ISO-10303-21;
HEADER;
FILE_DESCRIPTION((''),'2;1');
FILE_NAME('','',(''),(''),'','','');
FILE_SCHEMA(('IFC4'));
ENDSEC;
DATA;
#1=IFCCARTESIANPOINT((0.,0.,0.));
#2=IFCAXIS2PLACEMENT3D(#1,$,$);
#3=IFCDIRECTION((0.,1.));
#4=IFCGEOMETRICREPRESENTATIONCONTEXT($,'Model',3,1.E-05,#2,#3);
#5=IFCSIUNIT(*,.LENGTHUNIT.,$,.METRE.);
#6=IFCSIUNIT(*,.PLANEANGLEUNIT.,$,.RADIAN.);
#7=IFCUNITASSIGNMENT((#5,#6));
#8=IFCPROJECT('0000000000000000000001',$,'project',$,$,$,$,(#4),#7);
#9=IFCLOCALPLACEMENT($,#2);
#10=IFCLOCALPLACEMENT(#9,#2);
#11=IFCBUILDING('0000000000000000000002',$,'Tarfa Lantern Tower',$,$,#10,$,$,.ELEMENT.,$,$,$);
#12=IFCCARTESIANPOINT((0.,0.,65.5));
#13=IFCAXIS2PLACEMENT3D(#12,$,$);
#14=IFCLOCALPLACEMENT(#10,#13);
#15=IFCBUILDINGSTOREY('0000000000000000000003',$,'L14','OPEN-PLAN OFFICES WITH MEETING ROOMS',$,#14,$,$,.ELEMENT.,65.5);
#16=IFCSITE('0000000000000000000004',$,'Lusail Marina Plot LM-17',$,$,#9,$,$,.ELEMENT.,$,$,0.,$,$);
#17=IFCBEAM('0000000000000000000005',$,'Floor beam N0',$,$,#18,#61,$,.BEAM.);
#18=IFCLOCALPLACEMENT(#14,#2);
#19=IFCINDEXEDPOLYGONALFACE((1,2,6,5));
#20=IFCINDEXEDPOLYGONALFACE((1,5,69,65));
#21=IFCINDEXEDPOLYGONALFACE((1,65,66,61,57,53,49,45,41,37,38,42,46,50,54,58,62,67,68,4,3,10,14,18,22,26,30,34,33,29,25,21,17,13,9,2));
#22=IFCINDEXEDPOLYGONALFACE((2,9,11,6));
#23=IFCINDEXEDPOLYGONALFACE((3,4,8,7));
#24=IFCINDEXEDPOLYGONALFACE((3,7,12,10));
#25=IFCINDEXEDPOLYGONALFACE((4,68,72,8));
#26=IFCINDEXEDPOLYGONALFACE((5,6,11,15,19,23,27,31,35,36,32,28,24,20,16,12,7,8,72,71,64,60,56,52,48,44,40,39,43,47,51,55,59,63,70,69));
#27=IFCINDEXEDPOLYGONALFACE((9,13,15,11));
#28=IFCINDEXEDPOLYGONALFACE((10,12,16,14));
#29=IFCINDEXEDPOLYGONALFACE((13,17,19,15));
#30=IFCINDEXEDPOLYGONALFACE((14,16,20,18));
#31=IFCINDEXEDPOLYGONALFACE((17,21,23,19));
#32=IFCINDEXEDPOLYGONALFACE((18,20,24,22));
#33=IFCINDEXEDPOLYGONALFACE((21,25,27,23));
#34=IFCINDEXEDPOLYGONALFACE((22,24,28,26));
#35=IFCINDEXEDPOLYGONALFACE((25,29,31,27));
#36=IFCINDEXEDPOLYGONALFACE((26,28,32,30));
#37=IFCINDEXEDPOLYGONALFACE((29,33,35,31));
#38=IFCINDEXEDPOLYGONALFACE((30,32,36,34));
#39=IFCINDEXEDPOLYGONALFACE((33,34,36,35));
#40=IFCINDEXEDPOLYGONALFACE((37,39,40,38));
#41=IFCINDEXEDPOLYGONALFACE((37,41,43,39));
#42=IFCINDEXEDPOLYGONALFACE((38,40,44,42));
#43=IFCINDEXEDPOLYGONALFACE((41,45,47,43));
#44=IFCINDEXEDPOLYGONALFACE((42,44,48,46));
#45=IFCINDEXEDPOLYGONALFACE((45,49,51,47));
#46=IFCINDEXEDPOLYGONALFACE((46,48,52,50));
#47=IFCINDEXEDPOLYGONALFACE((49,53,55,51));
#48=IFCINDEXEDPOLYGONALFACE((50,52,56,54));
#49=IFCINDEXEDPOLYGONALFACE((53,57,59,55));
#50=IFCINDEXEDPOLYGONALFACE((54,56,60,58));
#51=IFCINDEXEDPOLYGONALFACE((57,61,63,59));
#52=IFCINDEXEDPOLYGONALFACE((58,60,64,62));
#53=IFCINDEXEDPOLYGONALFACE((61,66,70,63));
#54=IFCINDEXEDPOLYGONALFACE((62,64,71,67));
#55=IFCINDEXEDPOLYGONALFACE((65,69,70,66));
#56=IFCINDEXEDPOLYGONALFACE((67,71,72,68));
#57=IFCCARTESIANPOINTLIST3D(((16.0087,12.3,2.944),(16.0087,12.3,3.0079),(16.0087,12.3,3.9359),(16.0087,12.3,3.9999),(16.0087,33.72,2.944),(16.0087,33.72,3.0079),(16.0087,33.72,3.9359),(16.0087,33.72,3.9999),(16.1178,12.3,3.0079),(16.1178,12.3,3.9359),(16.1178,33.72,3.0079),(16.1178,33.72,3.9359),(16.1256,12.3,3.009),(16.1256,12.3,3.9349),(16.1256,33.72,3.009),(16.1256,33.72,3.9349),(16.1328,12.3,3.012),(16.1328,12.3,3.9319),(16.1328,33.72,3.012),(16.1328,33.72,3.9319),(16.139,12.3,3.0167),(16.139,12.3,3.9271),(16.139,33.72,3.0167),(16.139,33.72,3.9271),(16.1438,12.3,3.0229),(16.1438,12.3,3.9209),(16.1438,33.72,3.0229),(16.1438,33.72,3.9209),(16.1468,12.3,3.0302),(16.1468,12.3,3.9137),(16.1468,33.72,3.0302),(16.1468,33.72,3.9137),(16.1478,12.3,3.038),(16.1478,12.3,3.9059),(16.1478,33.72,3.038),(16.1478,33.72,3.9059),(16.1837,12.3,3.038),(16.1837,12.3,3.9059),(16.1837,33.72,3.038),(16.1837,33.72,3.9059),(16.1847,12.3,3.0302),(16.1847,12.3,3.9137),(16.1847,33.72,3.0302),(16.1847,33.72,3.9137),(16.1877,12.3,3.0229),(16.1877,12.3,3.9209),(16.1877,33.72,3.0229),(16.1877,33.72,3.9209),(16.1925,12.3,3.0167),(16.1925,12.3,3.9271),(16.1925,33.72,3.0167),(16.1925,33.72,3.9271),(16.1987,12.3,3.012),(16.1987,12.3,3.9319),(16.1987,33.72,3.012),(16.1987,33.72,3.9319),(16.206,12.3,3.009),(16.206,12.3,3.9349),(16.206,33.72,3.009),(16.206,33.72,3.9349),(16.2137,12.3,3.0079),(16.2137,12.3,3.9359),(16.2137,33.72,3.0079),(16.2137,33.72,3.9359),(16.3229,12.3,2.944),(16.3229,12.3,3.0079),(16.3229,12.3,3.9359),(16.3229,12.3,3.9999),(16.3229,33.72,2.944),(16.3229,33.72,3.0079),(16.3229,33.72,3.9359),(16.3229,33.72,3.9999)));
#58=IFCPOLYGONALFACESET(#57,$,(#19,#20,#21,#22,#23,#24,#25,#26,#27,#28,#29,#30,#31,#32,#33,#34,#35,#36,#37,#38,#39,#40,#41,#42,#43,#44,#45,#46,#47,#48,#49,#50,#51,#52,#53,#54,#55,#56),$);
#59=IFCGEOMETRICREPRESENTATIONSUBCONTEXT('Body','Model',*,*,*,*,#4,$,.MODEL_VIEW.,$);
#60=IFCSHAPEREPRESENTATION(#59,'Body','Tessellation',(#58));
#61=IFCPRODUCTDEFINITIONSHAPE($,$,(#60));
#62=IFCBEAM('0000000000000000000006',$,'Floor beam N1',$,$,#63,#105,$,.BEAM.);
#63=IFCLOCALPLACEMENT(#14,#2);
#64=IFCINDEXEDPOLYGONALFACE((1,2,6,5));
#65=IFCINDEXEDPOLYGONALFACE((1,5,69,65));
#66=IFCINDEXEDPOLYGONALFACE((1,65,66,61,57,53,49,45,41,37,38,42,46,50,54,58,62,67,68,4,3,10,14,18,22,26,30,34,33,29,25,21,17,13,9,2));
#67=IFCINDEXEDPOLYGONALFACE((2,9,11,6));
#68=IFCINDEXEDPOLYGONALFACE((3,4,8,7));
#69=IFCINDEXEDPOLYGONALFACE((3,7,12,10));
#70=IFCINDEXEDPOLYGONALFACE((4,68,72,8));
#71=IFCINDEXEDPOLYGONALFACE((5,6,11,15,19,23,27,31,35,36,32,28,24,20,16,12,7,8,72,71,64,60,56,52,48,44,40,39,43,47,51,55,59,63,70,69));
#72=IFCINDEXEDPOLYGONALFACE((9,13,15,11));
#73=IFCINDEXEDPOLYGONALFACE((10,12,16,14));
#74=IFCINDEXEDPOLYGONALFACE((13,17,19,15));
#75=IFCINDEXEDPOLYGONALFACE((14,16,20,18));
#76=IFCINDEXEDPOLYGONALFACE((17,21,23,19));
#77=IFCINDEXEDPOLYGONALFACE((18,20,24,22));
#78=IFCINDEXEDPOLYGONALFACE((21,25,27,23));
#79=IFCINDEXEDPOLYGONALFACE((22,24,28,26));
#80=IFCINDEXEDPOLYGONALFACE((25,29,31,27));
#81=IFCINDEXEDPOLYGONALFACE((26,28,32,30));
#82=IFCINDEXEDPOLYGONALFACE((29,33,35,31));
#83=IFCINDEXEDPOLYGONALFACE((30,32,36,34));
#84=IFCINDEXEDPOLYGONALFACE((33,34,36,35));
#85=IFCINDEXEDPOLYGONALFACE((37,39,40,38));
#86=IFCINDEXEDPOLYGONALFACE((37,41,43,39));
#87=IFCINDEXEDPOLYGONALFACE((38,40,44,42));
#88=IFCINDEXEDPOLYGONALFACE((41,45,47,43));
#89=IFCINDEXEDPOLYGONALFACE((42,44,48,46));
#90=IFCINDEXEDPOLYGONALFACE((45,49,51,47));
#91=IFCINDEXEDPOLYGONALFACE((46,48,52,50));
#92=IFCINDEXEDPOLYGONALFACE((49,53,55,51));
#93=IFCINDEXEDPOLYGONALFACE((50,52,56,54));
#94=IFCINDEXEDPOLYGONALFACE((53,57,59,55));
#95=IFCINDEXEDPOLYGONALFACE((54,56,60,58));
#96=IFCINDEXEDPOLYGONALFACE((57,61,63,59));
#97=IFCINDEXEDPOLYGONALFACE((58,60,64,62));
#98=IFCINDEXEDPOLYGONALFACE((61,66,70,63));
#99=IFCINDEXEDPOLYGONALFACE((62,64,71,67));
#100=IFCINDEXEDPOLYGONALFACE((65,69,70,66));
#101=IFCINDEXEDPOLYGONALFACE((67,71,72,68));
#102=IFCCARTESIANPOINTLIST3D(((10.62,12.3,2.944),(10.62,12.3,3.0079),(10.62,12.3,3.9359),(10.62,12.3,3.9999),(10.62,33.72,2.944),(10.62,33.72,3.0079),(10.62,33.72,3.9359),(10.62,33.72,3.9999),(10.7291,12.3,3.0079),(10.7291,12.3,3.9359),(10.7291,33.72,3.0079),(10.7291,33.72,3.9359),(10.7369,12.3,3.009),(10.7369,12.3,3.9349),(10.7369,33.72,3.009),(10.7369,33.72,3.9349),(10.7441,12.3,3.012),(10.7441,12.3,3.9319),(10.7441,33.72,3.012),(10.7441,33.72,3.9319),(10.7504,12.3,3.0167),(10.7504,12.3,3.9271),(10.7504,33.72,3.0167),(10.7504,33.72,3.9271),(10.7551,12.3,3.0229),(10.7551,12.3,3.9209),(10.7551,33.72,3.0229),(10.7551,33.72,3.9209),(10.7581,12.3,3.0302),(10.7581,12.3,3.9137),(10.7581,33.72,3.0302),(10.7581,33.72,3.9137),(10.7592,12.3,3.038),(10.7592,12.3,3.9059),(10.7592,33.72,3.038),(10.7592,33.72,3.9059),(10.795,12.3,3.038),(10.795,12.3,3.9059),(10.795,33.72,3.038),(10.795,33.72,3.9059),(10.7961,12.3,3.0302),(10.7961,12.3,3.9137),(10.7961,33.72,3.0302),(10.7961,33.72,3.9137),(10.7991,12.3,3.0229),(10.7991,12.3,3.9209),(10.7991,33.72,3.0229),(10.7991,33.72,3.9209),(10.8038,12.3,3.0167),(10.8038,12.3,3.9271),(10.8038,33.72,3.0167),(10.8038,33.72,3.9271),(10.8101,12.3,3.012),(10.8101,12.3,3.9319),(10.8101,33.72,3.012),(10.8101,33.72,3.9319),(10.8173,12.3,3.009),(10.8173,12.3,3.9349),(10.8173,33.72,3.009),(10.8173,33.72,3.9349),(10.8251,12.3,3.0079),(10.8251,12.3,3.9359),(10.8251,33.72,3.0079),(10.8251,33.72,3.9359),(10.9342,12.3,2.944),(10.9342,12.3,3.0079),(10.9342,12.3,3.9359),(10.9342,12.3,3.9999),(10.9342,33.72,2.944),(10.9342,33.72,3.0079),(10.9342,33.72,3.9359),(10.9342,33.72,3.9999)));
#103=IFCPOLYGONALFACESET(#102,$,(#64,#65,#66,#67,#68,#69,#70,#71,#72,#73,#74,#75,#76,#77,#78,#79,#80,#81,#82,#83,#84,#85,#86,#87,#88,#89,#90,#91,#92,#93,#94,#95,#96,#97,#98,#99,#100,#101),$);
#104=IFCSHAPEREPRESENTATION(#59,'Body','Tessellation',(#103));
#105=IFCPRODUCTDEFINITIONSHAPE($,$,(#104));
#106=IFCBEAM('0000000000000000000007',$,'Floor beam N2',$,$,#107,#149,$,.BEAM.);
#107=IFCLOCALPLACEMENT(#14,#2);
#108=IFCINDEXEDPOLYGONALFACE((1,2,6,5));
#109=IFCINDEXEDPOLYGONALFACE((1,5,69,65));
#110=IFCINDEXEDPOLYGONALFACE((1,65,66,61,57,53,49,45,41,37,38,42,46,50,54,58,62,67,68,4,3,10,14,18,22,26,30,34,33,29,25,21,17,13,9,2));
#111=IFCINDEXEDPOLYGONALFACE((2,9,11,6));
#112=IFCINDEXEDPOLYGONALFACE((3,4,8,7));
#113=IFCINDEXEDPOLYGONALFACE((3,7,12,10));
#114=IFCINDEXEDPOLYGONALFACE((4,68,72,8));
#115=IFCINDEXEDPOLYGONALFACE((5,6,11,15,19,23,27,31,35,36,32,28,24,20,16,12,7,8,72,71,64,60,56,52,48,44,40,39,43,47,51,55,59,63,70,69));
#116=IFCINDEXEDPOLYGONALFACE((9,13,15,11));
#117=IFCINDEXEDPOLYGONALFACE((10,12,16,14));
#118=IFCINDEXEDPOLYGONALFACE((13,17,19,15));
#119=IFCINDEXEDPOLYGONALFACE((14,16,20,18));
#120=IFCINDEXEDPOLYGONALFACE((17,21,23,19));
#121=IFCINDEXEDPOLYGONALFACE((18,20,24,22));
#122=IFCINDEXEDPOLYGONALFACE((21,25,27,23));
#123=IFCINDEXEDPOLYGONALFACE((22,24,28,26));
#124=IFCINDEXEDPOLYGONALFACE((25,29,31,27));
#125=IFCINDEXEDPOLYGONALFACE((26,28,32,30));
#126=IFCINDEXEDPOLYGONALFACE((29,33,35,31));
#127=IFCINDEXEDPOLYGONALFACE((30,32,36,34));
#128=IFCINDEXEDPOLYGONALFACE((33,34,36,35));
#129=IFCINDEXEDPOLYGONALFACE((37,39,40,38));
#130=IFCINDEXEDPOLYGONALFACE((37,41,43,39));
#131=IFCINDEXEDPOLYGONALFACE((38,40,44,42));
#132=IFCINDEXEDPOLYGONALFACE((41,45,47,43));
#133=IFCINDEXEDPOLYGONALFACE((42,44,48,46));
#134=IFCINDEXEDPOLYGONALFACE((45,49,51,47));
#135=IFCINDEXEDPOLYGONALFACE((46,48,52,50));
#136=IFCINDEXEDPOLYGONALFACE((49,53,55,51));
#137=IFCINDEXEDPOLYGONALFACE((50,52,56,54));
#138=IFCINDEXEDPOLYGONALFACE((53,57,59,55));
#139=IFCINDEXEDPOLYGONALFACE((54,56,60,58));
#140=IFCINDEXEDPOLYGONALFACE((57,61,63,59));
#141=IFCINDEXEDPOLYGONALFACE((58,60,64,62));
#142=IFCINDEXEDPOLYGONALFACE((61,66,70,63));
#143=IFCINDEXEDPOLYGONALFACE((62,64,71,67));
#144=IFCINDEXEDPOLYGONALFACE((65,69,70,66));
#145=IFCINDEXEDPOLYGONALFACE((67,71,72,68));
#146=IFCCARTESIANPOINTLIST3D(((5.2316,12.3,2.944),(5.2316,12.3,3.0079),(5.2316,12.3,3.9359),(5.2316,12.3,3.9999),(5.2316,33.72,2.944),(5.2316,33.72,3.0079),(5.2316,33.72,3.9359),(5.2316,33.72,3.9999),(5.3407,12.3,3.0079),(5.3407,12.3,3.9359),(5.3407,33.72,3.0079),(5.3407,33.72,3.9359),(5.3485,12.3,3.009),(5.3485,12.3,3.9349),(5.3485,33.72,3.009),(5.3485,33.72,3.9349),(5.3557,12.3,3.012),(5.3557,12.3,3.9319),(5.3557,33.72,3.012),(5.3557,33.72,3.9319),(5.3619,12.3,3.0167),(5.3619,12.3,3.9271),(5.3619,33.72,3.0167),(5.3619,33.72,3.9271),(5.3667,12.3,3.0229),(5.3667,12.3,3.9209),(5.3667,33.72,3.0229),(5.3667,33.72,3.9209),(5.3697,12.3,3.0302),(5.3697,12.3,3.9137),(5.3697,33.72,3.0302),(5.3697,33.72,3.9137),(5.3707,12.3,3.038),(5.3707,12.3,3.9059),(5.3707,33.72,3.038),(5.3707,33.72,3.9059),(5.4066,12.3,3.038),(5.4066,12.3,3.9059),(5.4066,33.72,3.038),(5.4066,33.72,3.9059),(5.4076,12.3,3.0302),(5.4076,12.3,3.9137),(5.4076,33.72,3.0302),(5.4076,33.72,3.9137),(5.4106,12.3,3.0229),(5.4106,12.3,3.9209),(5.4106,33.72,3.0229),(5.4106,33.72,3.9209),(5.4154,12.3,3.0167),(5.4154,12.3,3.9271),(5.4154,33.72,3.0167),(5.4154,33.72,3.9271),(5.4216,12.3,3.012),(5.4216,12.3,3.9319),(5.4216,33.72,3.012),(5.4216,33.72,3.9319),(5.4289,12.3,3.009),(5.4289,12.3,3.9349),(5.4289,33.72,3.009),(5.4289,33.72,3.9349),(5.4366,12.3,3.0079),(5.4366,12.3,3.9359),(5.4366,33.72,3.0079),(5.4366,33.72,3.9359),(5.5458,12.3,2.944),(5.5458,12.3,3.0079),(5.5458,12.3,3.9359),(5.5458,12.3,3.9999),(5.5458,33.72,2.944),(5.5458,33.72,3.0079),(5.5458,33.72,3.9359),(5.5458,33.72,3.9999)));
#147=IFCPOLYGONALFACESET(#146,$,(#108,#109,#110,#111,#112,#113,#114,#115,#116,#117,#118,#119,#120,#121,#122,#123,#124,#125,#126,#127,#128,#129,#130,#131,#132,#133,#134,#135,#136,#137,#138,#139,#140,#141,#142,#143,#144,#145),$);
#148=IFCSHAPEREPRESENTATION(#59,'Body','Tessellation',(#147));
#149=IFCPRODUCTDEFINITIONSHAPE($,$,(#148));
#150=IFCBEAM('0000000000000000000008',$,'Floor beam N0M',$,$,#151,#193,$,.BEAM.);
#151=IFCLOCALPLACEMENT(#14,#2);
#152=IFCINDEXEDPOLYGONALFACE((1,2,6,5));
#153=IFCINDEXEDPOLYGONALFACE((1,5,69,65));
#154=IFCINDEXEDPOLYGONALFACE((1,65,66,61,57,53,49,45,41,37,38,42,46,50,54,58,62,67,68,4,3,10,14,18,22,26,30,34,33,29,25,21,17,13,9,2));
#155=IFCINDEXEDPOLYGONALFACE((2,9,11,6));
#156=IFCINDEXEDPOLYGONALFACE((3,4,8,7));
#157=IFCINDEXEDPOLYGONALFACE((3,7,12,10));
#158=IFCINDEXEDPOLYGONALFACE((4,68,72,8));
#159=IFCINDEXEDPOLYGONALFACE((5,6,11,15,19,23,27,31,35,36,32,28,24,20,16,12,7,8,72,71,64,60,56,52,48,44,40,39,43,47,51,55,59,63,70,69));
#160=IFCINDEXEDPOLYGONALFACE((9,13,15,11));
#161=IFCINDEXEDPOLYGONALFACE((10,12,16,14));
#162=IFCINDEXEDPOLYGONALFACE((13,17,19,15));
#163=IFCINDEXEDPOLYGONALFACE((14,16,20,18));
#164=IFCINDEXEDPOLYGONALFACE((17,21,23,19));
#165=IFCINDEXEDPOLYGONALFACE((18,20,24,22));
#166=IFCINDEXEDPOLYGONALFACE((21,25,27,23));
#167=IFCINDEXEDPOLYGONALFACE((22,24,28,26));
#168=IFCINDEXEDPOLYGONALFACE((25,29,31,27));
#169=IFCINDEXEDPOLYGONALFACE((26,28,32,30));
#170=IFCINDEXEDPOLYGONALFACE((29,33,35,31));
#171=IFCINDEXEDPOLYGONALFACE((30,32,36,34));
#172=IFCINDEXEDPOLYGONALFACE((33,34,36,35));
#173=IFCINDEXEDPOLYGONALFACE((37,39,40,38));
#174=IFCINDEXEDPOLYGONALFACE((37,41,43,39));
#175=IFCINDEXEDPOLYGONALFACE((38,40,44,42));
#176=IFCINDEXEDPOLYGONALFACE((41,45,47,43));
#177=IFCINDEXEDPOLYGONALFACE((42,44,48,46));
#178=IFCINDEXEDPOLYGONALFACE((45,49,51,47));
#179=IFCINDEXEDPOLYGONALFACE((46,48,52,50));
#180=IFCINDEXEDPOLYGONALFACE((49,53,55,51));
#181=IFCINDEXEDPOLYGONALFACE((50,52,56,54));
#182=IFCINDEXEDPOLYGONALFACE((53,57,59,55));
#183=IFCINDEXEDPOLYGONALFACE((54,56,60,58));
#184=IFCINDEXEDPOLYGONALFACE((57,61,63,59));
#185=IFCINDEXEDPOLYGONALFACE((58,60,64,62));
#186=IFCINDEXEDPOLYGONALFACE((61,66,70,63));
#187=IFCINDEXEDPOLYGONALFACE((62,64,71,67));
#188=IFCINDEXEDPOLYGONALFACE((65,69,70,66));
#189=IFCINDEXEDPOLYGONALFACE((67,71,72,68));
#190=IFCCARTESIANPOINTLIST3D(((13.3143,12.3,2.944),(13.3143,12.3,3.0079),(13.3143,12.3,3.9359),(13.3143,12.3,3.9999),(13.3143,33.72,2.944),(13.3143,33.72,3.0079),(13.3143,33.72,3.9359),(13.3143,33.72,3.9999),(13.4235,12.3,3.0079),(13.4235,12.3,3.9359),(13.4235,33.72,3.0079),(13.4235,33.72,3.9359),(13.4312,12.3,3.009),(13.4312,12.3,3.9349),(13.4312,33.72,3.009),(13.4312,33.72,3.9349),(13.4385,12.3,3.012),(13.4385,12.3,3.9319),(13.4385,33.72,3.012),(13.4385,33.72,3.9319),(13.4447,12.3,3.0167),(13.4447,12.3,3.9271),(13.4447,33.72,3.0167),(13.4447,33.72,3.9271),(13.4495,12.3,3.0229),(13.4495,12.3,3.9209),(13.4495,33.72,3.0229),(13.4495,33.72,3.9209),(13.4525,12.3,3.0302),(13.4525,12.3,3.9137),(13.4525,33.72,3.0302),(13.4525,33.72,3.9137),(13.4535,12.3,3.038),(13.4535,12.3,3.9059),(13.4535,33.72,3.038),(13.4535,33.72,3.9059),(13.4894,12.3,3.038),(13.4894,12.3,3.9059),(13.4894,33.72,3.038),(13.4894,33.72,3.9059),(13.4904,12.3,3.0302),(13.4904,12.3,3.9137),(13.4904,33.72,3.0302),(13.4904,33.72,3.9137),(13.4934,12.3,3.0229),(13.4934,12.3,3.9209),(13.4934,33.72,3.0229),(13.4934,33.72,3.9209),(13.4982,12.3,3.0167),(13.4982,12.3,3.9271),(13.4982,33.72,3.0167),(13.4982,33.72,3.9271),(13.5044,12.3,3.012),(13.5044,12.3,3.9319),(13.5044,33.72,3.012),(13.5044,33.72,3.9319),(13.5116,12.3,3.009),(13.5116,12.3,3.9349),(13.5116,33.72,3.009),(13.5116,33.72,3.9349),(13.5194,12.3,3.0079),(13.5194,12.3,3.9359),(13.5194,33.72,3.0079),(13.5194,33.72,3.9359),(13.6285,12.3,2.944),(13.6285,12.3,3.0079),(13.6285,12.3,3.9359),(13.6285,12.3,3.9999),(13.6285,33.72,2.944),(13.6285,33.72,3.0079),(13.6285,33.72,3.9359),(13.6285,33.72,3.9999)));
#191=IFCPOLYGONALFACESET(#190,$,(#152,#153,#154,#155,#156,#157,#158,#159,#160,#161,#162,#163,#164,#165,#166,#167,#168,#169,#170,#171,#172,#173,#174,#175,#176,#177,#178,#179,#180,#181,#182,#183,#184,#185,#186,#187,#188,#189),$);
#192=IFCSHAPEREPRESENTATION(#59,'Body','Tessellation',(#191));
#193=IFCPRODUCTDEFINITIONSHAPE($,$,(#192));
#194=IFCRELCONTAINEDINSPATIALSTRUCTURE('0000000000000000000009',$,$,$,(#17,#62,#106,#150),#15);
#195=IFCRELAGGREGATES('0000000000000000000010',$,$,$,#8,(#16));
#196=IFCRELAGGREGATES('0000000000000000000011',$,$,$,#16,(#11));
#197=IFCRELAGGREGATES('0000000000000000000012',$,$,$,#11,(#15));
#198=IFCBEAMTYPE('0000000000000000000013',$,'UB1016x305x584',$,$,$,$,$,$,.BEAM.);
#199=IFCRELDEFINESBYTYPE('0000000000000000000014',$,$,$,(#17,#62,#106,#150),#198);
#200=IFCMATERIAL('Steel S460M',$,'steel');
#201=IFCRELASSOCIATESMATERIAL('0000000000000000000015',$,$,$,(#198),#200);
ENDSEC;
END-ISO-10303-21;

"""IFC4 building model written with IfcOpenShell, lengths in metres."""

from ifc_helpers import new_model, si_unit, direction, frame, origin, origin_2d, place, context, subcontext, project, spatial, i_section, extrude, material, material_profile, profile_set, type_object, element, save


model = new_model("IFC4")

# Units and contexts
model_context = context("Model", 3, precision=1e-05, world=origin(), true_north=direction((0.0, 1.0)))
body_context = subcontext(model_context, "Body", "Model", "MODEL_VIEW")
ifc_project = project(units=[si_unit("LENGTHUNIT", "METRE"), si_unit("PLANEANGLEUNIT", "RADIAN")], contexts=[model_context])

# Site, building, storey
site_placement = place(None, origin())
site = spatial("IfcSite", under=ifc_project, at=site_placement, Name="Lusail Marina Plot LM-17", CompositionType="ELEMENT", RefElevation=0.0)
building_placement = place(site_placement, origin())
building = spatial("IfcBuilding", under=site, at=building_placement, Name="Tarfa Lantern Tower", CompositionType="ELEMENT")
storey_placement = place(building_placement, frame((0.0, 0.0, 65.5)))
storey = spatial("IfcBuildingStorey", under=building, at=storey_placement, Name="L14", Description="OPEN-PLAN OFFICES WITH MEETING ROOMS", CompositionType="ELEMENT", Elevation=65.5)

# Beams
ifc_material_1 = material(Name="Steel S460M", Category="steel")
ifc_material_profile_1 = material_profile(ifc_material_1, i_section(OverallWidth=0.3142, OverallDepth=1.0559, WebThickness=0.0359, FlangeThickness=0.064, FilletRadius=0.03, at=origin_2d()), Name="UB1016x305x584")
ifc_profile_set_1 = profile_set([ifc_material_profile_1], Name="Steel S460M")
beam_type_1 = type_object("IfcBeamType", Name="UB1016x305x584", PredefinedType="BEAM", material=ifc_profile_set_1)
for number, where, z_axis, x_axis, name in (
    (1, (16.1658, 33.72, 3.4719), (0.0, -1.0, 0.0), (1.0, 0.0, 0.0), "Floor beam N0"),
    (2, (10.7771, 33.72, 3.4719), (0.0, -1.0, 0.0), (1.0, 0.0, 0.0), "Floor beam N1"),
    (3, (5.3887, 33.72, 3.4719), (0.0, -1.0, 0.0), (1.0, 0.0, 0.0), "Floor beam N2"),
    (4, (13.4714, 33.72, 3.4719), (0.0, -1.0, 0.0), (1.0, 0.0, 0.0), "Floor beam N0M"),
):
    element("IfcBeam", number, at=place(storey_placement, frame(where, z_axis=z_axis, x_axis=x_axis)), inside=storey, type_object=beam_type_1, Name=name, PredefinedType="BEAM", context=body_context, shape_type="SweptSolid", body=[
        extrude(i_section(OverallWidth=0.3142, OverallDepth=1.0559, WebThickness=0.0359, FlangeThickness=0.064, FilletRadius=0.03, at=origin_2d()), origin(), (0.0, 0.0, 1.0), 21.4199),
    ])

save(model, "model.ifc")
